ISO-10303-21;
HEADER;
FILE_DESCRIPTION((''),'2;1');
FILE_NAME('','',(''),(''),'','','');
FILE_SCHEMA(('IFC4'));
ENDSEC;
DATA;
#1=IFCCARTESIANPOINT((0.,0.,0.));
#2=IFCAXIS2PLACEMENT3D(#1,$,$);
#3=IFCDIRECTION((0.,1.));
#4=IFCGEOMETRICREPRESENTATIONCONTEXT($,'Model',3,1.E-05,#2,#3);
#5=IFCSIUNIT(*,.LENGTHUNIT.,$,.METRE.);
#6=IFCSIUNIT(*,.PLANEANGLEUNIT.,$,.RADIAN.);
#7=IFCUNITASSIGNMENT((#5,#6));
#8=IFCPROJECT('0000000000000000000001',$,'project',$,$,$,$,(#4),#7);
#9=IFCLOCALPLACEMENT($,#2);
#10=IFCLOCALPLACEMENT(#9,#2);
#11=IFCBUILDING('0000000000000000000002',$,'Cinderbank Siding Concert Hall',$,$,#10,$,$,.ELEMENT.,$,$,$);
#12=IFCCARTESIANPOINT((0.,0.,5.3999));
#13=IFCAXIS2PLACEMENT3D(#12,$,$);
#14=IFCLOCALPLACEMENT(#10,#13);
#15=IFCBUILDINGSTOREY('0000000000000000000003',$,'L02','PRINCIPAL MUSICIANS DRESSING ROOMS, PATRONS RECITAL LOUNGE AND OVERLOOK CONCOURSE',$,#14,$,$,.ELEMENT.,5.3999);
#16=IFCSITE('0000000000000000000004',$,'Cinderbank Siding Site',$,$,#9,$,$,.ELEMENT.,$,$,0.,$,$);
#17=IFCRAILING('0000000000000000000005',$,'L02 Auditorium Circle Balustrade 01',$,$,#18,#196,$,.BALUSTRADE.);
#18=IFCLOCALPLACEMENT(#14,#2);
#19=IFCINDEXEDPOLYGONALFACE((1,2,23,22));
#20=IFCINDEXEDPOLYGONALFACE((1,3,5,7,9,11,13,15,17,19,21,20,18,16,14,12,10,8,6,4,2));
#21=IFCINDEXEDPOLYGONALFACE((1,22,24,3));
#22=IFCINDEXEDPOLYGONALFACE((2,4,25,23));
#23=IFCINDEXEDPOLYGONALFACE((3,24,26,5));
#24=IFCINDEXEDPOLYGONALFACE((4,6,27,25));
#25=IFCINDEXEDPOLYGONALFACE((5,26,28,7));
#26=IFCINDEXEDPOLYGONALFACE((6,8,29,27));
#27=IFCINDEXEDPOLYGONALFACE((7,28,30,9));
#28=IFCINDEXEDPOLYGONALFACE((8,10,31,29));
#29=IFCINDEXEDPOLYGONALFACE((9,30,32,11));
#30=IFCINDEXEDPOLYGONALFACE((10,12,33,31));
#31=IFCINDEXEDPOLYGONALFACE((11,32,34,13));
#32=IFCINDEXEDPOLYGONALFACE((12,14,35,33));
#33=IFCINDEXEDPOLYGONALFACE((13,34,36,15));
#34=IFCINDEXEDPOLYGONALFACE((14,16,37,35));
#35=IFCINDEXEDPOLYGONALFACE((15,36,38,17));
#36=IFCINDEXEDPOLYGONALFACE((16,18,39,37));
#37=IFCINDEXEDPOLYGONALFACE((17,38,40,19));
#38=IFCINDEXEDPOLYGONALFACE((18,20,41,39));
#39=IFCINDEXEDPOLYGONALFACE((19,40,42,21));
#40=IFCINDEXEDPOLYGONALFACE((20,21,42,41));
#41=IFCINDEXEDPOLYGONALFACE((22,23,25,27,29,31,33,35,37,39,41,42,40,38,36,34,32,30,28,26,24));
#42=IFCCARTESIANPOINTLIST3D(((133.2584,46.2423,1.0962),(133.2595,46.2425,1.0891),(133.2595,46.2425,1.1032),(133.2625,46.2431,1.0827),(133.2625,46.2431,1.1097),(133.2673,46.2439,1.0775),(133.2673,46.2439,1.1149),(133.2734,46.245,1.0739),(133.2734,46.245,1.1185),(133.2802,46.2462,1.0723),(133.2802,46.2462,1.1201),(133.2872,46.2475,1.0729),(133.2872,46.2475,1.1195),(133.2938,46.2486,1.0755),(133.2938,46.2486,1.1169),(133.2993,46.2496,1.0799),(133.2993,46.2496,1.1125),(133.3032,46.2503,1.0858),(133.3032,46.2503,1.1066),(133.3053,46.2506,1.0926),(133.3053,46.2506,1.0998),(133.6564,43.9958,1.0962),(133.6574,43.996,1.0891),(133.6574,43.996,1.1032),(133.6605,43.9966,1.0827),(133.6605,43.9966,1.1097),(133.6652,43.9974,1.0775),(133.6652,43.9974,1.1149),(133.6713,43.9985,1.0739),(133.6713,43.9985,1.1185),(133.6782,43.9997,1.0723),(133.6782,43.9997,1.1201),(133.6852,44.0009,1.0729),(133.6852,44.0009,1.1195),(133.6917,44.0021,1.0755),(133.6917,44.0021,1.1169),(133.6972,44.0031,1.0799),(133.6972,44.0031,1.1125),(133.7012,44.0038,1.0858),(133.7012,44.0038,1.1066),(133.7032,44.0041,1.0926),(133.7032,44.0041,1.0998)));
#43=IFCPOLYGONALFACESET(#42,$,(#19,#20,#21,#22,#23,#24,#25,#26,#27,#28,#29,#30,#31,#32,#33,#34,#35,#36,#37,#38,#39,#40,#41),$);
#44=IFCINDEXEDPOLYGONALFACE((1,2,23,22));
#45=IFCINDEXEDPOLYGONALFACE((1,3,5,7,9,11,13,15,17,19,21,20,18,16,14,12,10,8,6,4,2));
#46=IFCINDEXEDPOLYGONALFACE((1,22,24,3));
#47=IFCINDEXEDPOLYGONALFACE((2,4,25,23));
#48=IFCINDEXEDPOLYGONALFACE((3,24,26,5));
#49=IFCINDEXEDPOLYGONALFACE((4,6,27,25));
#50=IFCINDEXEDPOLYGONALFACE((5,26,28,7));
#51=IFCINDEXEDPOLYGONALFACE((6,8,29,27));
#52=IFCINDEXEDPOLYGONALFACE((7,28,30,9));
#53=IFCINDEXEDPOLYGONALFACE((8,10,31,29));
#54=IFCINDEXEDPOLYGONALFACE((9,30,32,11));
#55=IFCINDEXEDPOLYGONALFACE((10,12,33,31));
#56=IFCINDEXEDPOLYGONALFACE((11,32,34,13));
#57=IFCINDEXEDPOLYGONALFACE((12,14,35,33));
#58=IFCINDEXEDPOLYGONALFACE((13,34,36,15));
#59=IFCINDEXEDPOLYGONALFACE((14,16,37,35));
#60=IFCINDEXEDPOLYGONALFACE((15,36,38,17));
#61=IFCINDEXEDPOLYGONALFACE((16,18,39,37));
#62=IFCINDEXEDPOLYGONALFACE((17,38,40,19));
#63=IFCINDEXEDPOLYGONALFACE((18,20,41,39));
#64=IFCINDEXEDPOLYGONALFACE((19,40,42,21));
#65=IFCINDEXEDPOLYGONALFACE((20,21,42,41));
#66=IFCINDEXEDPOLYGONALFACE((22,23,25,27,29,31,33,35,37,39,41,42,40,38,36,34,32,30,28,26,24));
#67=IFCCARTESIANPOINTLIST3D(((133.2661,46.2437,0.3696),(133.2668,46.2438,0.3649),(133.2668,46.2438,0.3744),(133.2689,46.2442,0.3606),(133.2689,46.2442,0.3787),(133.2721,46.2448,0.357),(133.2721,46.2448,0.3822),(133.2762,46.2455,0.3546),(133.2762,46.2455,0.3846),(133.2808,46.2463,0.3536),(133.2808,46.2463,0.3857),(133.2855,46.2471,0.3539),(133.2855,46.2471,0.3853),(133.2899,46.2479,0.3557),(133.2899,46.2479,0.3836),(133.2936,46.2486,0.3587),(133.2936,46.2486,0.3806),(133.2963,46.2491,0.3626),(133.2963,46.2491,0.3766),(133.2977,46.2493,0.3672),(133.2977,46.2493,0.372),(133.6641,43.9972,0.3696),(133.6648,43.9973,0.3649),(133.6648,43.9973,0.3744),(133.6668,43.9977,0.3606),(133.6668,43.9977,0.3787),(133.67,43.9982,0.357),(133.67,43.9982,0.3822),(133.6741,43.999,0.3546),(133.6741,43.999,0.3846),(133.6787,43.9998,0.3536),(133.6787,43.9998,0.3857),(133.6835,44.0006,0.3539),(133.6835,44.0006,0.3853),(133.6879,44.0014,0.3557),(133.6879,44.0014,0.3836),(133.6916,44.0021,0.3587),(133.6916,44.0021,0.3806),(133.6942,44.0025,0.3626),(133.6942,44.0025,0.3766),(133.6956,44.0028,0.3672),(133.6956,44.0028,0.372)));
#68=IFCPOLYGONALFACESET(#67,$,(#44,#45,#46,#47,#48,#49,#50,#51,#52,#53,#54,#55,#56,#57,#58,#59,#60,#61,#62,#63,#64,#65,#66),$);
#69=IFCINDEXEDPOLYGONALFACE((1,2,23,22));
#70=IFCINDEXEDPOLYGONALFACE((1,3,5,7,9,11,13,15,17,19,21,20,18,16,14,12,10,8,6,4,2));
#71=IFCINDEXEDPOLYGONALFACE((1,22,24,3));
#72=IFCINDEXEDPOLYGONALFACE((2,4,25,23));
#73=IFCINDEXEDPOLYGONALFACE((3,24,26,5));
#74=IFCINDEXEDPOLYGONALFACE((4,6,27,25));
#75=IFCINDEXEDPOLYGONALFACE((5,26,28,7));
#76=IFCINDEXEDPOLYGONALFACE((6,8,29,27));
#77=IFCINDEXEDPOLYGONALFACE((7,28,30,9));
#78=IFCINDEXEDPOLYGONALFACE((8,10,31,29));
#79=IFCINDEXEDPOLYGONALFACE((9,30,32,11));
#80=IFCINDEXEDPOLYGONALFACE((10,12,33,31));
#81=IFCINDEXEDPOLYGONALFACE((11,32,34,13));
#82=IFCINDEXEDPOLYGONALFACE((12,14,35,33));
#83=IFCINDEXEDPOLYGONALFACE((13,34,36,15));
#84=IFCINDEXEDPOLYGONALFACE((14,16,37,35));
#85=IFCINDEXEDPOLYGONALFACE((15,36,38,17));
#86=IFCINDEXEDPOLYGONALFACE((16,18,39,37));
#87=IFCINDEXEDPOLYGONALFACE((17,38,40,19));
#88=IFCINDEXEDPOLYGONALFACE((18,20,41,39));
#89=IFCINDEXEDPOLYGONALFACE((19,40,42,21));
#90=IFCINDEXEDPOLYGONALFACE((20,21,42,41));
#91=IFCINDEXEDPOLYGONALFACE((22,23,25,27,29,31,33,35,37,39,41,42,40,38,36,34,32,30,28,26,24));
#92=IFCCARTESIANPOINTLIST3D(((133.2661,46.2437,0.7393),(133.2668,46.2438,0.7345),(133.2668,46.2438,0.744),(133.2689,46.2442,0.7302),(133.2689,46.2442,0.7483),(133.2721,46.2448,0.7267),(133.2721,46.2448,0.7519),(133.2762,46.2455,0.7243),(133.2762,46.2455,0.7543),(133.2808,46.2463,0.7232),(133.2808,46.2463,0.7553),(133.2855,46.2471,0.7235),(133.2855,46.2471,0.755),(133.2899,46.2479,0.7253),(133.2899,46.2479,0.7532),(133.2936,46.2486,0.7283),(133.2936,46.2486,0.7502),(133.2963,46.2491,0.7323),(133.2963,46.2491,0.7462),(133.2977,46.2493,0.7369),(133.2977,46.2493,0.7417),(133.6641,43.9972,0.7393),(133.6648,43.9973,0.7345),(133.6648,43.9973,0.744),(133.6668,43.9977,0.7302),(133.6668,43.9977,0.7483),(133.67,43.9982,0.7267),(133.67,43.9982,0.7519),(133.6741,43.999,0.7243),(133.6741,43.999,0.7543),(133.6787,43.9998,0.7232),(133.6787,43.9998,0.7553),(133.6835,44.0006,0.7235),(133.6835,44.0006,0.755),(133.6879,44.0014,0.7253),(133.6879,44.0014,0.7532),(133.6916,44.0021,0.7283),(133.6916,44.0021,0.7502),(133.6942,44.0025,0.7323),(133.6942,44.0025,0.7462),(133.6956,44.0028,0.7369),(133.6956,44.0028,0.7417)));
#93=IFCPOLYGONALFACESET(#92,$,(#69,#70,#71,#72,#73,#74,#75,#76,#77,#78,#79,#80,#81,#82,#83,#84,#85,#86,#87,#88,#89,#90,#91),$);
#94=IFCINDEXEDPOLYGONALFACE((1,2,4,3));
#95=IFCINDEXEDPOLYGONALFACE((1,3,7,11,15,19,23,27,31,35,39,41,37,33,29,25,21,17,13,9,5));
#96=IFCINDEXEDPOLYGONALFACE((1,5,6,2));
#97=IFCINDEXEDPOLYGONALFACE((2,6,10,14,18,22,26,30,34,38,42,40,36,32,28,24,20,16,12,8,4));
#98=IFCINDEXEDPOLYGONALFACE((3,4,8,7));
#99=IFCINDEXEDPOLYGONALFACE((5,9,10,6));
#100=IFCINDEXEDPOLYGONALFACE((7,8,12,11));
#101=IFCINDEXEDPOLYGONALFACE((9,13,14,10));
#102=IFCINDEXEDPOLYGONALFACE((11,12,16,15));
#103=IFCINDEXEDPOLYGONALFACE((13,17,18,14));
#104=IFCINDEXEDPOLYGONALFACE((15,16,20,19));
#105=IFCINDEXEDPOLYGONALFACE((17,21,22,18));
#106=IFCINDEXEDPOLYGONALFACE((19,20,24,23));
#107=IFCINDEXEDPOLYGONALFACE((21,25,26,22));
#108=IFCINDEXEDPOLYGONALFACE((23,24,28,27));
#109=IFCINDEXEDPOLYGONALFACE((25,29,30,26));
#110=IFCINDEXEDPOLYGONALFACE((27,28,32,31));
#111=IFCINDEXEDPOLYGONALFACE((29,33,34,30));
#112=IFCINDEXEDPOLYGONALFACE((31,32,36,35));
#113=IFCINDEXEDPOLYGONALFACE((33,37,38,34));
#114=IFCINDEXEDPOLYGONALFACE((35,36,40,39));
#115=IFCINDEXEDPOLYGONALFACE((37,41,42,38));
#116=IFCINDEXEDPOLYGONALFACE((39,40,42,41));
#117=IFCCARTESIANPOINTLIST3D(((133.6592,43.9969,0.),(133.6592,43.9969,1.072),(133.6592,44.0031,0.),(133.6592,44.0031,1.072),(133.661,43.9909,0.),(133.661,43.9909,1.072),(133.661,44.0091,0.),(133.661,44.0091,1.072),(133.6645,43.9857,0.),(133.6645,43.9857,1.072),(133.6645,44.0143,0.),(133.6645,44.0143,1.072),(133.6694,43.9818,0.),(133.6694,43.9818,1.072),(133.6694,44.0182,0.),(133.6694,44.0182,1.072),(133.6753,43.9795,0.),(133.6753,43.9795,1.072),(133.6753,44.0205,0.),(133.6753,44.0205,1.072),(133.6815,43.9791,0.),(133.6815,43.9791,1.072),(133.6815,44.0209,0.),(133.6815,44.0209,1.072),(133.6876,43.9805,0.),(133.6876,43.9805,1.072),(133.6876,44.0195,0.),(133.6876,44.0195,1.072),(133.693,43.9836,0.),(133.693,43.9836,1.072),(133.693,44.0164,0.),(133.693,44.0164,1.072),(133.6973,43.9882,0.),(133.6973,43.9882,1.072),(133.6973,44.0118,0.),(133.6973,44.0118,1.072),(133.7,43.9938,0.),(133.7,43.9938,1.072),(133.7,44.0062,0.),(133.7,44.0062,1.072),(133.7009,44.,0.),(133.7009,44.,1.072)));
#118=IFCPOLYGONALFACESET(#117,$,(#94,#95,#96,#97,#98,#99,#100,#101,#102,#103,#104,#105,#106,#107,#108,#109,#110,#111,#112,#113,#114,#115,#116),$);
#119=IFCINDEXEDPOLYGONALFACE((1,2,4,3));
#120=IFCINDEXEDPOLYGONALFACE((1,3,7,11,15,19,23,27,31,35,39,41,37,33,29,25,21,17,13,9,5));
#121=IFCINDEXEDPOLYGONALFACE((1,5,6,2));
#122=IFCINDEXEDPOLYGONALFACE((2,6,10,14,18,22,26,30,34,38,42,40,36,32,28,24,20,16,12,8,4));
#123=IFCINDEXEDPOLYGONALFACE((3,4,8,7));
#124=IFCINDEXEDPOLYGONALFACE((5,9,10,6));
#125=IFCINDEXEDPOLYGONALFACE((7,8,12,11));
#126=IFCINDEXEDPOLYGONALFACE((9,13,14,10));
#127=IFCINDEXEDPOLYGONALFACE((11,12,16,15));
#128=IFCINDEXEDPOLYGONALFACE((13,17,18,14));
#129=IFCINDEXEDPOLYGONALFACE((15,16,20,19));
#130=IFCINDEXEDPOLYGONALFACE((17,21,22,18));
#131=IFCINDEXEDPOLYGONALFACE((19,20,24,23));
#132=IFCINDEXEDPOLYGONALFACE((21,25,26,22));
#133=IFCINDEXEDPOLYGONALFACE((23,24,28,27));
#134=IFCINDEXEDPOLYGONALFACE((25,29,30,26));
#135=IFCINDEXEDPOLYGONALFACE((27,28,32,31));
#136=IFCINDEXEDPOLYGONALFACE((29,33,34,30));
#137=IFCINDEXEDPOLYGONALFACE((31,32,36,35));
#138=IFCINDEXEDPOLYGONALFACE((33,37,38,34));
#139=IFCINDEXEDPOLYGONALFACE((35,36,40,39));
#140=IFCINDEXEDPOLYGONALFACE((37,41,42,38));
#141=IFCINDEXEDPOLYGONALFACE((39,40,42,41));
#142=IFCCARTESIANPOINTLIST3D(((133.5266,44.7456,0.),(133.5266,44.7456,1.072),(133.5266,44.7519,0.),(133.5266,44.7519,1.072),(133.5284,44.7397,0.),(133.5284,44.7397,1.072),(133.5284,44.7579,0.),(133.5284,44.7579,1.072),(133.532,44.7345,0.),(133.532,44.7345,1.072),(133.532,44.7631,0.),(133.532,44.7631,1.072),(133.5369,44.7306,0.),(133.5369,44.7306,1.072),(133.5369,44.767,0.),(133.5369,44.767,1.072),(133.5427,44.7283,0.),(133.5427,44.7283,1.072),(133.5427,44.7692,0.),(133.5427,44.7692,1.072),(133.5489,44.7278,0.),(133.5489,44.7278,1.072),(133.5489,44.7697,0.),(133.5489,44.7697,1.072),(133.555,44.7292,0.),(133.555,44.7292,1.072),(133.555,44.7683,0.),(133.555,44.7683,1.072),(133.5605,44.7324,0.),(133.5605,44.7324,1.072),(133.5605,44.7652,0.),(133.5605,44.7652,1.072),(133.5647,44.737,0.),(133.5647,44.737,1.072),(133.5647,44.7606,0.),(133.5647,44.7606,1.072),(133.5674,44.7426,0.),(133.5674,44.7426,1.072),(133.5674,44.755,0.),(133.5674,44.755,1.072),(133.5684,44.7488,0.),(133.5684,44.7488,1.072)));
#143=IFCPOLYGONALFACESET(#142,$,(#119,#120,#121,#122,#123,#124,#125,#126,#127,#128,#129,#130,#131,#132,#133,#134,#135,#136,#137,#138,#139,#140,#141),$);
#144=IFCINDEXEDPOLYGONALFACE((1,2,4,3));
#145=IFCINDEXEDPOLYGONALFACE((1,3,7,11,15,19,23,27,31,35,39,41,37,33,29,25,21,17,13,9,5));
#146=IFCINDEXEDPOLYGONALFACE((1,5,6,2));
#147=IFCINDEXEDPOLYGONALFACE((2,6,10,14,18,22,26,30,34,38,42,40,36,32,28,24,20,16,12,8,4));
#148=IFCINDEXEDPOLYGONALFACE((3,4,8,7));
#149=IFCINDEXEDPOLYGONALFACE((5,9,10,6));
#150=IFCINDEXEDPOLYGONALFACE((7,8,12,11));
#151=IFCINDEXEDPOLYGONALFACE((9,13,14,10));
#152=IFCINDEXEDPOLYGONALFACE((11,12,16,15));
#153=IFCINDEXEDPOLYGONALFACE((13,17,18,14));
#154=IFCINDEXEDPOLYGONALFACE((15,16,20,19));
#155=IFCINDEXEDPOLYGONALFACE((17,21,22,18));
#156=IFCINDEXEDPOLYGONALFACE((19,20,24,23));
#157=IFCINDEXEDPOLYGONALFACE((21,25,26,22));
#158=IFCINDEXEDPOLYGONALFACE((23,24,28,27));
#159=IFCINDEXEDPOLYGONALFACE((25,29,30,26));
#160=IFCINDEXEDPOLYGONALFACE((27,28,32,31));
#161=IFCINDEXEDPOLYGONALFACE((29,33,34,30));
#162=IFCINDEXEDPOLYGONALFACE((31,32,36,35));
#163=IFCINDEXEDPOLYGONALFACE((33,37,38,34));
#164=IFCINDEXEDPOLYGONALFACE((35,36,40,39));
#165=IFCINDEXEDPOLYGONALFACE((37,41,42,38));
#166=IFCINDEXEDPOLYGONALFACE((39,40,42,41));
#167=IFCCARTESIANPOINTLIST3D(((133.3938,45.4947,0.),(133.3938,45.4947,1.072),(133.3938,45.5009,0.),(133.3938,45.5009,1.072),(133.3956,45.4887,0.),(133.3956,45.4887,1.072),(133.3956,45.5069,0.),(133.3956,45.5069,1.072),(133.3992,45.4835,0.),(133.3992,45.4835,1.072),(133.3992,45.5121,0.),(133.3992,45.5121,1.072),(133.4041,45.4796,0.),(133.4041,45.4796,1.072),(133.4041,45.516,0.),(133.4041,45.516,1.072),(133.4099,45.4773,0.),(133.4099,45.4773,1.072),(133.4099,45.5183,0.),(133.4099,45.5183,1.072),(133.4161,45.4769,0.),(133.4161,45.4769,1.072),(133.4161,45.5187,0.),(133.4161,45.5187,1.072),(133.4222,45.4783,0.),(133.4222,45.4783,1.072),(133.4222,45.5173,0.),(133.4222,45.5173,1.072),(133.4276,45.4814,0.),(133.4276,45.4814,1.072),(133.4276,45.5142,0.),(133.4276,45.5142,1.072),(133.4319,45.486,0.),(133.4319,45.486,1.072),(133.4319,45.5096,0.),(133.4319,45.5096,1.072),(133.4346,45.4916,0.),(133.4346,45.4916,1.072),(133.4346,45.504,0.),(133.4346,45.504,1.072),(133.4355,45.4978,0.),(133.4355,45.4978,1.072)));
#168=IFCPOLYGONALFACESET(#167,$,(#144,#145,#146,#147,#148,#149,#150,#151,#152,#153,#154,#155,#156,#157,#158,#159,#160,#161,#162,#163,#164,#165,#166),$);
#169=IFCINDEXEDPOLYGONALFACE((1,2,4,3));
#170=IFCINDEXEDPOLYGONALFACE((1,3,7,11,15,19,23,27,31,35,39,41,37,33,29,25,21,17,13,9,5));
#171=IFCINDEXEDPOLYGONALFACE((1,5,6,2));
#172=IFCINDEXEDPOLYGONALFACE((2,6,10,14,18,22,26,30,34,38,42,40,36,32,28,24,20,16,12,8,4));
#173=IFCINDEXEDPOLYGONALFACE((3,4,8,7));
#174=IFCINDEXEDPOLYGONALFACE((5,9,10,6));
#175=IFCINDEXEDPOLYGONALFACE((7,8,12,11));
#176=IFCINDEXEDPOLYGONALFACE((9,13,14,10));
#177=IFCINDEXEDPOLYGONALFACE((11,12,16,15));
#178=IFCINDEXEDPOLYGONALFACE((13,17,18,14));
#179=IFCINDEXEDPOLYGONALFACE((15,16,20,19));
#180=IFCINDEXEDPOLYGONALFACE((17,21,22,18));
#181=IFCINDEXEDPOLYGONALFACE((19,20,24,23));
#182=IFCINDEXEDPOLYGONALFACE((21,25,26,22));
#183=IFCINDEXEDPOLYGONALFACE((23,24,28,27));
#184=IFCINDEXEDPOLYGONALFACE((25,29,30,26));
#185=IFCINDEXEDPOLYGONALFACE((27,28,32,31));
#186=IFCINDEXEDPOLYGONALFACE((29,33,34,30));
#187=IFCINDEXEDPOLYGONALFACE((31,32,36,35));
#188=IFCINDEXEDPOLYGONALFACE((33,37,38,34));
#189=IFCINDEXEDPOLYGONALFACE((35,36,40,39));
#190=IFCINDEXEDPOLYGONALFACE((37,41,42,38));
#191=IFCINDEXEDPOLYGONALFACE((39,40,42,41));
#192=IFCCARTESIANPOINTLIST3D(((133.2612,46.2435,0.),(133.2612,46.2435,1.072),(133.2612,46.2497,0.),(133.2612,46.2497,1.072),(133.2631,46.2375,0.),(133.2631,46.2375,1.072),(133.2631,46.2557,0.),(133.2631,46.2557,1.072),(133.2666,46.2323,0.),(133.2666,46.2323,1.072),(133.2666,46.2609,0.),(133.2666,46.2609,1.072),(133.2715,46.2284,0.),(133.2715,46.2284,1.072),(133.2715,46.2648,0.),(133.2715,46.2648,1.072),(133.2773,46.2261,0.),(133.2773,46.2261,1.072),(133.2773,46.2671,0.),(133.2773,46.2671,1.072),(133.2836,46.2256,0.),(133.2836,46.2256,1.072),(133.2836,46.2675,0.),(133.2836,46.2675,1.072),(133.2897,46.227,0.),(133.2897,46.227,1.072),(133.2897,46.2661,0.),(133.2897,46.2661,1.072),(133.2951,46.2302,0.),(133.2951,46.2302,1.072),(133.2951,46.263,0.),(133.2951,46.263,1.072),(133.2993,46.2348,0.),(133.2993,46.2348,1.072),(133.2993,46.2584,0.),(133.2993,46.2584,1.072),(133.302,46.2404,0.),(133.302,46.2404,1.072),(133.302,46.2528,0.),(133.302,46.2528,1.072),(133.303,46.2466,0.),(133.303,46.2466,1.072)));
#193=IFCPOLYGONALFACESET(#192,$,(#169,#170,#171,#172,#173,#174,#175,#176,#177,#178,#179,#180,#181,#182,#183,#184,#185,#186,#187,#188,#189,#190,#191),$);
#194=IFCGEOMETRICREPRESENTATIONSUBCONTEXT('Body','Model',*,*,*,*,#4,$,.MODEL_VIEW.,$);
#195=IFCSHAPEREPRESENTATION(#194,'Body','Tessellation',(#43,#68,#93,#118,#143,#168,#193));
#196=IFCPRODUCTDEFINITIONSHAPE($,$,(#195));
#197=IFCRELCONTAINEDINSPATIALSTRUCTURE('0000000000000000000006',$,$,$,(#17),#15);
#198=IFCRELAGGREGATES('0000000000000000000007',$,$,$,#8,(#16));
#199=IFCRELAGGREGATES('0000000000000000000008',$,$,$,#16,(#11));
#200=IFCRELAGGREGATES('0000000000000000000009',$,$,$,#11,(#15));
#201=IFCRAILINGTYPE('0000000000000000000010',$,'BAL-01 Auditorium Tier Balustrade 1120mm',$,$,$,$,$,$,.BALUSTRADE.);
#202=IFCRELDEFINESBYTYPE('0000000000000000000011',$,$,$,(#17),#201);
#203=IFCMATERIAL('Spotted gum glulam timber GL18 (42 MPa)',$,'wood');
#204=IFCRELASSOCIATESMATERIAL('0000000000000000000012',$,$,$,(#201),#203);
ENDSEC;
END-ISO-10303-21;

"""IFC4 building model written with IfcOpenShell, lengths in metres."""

from ifc_helpers import new_model, si_unit, direction, frame, origin, origin_2d, place, context, subcontext, project, spatial, circle, extrude, material, type_object, element, save


model = new_model("IFC4")

# Units and contexts
model_context = context("Model", 3, precision=1e-05, world=origin(), true_north=direction((0.0, 1.0)))
body_context = subcontext(model_context, "Body", "Model", "MODEL_VIEW")
ifc_project = project(units=[si_unit("LENGTHUNIT", "METRE"), si_unit("PLANEANGLEUNIT", "RADIAN")], contexts=[model_context])

# Site, building, storey
site_placement = place(None, origin())
site = spatial("IfcSite", under=ifc_project, at=site_placement, Name="Cinderbank Siding Site", CompositionType="ELEMENT", RefElevation=0.0)
building_placement = place(site_placement, origin())
building = spatial("IfcBuilding", under=site, at=building_placement, Name="Cinderbank Siding Concert Hall", CompositionType="ELEMENT")
storey_placement = place(building_placement, frame((0.0, 0.0, 5.3999)))
storey = spatial("IfcBuildingStorey", under=building, at=storey_placement, Name="L02", Description="PRINCIPAL MUSICIANS DRESSING ROOMS, PATRONS RECITAL LOUNGE AND OVERLOOK CONCOURSE", CompositionType="ELEMENT", Elevation=5.3999)

# Railing
ifc_material_1 = material(Name="Spotted gum glulam timber GL18 (42 MPa)", Category="wood")
railing_type_1 = type_object("IfcRailingType", Name="BAL-01 Auditorium Tier Balustrade 1120mm", PredefinedType="BALUSTRADE", material=ifc_material_1)
railing_1_placement = place(storey_placement, frame((133.6799, 44.0, 0.0)))
element("IfcRailing", 1, at=railing_1_placement, inside=storey, type_object=railing_type_1, Name="L02 Auditorium Circle Balustrade 01", PredefinedType="BALUSTRADE", context=body_context, shape_type="SweptSolid", body=[
    extrude(circle(Radius=0.0239, at=origin_2d()), frame((0.0, 0.0, 1.0962), z_axis=(-0.17442, 0.984671, 0.0), x_axis=(-0.984671, -0.17442, 0.0)), (0.0, 0.0, 1.0), 2.2815),
    extrude(circle(Radius=0.0161, at=origin_2d()), frame((0.0, 0.0, 0.3696), z_axis=(-0.17442, 0.984671, 0.0), x_axis=(-0.984671, -0.17442, 0.0)), (0.0, 0.0, 1.0), 2.2815),
    extrude(circle(Radius=0.0161, at=origin_2d()), frame((0.0, 0.0, 0.7393), z_axis=(-0.17442, 0.984671, 0.0), x_axis=(-0.984671, -0.17442, 0.0)), (0.0, 0.0, 1.0), 2.2815),
    extrude(circle(Radius=0.021, at=origin_2d()), origin(), (0.0, 0.0, 1.0), 1.072),
    extrude(circle(Radius=0.021, at=origin_2d()), frame((-0.1326, 0.7488, 0.0)), (0.0, 0.0, 1.0), 1.072),
    extrude(circle(Radius=0.021, at=origin_2d()), frame((-0.2654, 1.4978, 0.0)), (0.0, 0.0, 1.0), 1.072),
    extrude(circle(Radius=0.021, at=origin_2d()), frame((-0.3979, 2.2466, 0.0)), (0.0, 0.0, 1.0), 1.072),
])

save(model, "model.ifc")
